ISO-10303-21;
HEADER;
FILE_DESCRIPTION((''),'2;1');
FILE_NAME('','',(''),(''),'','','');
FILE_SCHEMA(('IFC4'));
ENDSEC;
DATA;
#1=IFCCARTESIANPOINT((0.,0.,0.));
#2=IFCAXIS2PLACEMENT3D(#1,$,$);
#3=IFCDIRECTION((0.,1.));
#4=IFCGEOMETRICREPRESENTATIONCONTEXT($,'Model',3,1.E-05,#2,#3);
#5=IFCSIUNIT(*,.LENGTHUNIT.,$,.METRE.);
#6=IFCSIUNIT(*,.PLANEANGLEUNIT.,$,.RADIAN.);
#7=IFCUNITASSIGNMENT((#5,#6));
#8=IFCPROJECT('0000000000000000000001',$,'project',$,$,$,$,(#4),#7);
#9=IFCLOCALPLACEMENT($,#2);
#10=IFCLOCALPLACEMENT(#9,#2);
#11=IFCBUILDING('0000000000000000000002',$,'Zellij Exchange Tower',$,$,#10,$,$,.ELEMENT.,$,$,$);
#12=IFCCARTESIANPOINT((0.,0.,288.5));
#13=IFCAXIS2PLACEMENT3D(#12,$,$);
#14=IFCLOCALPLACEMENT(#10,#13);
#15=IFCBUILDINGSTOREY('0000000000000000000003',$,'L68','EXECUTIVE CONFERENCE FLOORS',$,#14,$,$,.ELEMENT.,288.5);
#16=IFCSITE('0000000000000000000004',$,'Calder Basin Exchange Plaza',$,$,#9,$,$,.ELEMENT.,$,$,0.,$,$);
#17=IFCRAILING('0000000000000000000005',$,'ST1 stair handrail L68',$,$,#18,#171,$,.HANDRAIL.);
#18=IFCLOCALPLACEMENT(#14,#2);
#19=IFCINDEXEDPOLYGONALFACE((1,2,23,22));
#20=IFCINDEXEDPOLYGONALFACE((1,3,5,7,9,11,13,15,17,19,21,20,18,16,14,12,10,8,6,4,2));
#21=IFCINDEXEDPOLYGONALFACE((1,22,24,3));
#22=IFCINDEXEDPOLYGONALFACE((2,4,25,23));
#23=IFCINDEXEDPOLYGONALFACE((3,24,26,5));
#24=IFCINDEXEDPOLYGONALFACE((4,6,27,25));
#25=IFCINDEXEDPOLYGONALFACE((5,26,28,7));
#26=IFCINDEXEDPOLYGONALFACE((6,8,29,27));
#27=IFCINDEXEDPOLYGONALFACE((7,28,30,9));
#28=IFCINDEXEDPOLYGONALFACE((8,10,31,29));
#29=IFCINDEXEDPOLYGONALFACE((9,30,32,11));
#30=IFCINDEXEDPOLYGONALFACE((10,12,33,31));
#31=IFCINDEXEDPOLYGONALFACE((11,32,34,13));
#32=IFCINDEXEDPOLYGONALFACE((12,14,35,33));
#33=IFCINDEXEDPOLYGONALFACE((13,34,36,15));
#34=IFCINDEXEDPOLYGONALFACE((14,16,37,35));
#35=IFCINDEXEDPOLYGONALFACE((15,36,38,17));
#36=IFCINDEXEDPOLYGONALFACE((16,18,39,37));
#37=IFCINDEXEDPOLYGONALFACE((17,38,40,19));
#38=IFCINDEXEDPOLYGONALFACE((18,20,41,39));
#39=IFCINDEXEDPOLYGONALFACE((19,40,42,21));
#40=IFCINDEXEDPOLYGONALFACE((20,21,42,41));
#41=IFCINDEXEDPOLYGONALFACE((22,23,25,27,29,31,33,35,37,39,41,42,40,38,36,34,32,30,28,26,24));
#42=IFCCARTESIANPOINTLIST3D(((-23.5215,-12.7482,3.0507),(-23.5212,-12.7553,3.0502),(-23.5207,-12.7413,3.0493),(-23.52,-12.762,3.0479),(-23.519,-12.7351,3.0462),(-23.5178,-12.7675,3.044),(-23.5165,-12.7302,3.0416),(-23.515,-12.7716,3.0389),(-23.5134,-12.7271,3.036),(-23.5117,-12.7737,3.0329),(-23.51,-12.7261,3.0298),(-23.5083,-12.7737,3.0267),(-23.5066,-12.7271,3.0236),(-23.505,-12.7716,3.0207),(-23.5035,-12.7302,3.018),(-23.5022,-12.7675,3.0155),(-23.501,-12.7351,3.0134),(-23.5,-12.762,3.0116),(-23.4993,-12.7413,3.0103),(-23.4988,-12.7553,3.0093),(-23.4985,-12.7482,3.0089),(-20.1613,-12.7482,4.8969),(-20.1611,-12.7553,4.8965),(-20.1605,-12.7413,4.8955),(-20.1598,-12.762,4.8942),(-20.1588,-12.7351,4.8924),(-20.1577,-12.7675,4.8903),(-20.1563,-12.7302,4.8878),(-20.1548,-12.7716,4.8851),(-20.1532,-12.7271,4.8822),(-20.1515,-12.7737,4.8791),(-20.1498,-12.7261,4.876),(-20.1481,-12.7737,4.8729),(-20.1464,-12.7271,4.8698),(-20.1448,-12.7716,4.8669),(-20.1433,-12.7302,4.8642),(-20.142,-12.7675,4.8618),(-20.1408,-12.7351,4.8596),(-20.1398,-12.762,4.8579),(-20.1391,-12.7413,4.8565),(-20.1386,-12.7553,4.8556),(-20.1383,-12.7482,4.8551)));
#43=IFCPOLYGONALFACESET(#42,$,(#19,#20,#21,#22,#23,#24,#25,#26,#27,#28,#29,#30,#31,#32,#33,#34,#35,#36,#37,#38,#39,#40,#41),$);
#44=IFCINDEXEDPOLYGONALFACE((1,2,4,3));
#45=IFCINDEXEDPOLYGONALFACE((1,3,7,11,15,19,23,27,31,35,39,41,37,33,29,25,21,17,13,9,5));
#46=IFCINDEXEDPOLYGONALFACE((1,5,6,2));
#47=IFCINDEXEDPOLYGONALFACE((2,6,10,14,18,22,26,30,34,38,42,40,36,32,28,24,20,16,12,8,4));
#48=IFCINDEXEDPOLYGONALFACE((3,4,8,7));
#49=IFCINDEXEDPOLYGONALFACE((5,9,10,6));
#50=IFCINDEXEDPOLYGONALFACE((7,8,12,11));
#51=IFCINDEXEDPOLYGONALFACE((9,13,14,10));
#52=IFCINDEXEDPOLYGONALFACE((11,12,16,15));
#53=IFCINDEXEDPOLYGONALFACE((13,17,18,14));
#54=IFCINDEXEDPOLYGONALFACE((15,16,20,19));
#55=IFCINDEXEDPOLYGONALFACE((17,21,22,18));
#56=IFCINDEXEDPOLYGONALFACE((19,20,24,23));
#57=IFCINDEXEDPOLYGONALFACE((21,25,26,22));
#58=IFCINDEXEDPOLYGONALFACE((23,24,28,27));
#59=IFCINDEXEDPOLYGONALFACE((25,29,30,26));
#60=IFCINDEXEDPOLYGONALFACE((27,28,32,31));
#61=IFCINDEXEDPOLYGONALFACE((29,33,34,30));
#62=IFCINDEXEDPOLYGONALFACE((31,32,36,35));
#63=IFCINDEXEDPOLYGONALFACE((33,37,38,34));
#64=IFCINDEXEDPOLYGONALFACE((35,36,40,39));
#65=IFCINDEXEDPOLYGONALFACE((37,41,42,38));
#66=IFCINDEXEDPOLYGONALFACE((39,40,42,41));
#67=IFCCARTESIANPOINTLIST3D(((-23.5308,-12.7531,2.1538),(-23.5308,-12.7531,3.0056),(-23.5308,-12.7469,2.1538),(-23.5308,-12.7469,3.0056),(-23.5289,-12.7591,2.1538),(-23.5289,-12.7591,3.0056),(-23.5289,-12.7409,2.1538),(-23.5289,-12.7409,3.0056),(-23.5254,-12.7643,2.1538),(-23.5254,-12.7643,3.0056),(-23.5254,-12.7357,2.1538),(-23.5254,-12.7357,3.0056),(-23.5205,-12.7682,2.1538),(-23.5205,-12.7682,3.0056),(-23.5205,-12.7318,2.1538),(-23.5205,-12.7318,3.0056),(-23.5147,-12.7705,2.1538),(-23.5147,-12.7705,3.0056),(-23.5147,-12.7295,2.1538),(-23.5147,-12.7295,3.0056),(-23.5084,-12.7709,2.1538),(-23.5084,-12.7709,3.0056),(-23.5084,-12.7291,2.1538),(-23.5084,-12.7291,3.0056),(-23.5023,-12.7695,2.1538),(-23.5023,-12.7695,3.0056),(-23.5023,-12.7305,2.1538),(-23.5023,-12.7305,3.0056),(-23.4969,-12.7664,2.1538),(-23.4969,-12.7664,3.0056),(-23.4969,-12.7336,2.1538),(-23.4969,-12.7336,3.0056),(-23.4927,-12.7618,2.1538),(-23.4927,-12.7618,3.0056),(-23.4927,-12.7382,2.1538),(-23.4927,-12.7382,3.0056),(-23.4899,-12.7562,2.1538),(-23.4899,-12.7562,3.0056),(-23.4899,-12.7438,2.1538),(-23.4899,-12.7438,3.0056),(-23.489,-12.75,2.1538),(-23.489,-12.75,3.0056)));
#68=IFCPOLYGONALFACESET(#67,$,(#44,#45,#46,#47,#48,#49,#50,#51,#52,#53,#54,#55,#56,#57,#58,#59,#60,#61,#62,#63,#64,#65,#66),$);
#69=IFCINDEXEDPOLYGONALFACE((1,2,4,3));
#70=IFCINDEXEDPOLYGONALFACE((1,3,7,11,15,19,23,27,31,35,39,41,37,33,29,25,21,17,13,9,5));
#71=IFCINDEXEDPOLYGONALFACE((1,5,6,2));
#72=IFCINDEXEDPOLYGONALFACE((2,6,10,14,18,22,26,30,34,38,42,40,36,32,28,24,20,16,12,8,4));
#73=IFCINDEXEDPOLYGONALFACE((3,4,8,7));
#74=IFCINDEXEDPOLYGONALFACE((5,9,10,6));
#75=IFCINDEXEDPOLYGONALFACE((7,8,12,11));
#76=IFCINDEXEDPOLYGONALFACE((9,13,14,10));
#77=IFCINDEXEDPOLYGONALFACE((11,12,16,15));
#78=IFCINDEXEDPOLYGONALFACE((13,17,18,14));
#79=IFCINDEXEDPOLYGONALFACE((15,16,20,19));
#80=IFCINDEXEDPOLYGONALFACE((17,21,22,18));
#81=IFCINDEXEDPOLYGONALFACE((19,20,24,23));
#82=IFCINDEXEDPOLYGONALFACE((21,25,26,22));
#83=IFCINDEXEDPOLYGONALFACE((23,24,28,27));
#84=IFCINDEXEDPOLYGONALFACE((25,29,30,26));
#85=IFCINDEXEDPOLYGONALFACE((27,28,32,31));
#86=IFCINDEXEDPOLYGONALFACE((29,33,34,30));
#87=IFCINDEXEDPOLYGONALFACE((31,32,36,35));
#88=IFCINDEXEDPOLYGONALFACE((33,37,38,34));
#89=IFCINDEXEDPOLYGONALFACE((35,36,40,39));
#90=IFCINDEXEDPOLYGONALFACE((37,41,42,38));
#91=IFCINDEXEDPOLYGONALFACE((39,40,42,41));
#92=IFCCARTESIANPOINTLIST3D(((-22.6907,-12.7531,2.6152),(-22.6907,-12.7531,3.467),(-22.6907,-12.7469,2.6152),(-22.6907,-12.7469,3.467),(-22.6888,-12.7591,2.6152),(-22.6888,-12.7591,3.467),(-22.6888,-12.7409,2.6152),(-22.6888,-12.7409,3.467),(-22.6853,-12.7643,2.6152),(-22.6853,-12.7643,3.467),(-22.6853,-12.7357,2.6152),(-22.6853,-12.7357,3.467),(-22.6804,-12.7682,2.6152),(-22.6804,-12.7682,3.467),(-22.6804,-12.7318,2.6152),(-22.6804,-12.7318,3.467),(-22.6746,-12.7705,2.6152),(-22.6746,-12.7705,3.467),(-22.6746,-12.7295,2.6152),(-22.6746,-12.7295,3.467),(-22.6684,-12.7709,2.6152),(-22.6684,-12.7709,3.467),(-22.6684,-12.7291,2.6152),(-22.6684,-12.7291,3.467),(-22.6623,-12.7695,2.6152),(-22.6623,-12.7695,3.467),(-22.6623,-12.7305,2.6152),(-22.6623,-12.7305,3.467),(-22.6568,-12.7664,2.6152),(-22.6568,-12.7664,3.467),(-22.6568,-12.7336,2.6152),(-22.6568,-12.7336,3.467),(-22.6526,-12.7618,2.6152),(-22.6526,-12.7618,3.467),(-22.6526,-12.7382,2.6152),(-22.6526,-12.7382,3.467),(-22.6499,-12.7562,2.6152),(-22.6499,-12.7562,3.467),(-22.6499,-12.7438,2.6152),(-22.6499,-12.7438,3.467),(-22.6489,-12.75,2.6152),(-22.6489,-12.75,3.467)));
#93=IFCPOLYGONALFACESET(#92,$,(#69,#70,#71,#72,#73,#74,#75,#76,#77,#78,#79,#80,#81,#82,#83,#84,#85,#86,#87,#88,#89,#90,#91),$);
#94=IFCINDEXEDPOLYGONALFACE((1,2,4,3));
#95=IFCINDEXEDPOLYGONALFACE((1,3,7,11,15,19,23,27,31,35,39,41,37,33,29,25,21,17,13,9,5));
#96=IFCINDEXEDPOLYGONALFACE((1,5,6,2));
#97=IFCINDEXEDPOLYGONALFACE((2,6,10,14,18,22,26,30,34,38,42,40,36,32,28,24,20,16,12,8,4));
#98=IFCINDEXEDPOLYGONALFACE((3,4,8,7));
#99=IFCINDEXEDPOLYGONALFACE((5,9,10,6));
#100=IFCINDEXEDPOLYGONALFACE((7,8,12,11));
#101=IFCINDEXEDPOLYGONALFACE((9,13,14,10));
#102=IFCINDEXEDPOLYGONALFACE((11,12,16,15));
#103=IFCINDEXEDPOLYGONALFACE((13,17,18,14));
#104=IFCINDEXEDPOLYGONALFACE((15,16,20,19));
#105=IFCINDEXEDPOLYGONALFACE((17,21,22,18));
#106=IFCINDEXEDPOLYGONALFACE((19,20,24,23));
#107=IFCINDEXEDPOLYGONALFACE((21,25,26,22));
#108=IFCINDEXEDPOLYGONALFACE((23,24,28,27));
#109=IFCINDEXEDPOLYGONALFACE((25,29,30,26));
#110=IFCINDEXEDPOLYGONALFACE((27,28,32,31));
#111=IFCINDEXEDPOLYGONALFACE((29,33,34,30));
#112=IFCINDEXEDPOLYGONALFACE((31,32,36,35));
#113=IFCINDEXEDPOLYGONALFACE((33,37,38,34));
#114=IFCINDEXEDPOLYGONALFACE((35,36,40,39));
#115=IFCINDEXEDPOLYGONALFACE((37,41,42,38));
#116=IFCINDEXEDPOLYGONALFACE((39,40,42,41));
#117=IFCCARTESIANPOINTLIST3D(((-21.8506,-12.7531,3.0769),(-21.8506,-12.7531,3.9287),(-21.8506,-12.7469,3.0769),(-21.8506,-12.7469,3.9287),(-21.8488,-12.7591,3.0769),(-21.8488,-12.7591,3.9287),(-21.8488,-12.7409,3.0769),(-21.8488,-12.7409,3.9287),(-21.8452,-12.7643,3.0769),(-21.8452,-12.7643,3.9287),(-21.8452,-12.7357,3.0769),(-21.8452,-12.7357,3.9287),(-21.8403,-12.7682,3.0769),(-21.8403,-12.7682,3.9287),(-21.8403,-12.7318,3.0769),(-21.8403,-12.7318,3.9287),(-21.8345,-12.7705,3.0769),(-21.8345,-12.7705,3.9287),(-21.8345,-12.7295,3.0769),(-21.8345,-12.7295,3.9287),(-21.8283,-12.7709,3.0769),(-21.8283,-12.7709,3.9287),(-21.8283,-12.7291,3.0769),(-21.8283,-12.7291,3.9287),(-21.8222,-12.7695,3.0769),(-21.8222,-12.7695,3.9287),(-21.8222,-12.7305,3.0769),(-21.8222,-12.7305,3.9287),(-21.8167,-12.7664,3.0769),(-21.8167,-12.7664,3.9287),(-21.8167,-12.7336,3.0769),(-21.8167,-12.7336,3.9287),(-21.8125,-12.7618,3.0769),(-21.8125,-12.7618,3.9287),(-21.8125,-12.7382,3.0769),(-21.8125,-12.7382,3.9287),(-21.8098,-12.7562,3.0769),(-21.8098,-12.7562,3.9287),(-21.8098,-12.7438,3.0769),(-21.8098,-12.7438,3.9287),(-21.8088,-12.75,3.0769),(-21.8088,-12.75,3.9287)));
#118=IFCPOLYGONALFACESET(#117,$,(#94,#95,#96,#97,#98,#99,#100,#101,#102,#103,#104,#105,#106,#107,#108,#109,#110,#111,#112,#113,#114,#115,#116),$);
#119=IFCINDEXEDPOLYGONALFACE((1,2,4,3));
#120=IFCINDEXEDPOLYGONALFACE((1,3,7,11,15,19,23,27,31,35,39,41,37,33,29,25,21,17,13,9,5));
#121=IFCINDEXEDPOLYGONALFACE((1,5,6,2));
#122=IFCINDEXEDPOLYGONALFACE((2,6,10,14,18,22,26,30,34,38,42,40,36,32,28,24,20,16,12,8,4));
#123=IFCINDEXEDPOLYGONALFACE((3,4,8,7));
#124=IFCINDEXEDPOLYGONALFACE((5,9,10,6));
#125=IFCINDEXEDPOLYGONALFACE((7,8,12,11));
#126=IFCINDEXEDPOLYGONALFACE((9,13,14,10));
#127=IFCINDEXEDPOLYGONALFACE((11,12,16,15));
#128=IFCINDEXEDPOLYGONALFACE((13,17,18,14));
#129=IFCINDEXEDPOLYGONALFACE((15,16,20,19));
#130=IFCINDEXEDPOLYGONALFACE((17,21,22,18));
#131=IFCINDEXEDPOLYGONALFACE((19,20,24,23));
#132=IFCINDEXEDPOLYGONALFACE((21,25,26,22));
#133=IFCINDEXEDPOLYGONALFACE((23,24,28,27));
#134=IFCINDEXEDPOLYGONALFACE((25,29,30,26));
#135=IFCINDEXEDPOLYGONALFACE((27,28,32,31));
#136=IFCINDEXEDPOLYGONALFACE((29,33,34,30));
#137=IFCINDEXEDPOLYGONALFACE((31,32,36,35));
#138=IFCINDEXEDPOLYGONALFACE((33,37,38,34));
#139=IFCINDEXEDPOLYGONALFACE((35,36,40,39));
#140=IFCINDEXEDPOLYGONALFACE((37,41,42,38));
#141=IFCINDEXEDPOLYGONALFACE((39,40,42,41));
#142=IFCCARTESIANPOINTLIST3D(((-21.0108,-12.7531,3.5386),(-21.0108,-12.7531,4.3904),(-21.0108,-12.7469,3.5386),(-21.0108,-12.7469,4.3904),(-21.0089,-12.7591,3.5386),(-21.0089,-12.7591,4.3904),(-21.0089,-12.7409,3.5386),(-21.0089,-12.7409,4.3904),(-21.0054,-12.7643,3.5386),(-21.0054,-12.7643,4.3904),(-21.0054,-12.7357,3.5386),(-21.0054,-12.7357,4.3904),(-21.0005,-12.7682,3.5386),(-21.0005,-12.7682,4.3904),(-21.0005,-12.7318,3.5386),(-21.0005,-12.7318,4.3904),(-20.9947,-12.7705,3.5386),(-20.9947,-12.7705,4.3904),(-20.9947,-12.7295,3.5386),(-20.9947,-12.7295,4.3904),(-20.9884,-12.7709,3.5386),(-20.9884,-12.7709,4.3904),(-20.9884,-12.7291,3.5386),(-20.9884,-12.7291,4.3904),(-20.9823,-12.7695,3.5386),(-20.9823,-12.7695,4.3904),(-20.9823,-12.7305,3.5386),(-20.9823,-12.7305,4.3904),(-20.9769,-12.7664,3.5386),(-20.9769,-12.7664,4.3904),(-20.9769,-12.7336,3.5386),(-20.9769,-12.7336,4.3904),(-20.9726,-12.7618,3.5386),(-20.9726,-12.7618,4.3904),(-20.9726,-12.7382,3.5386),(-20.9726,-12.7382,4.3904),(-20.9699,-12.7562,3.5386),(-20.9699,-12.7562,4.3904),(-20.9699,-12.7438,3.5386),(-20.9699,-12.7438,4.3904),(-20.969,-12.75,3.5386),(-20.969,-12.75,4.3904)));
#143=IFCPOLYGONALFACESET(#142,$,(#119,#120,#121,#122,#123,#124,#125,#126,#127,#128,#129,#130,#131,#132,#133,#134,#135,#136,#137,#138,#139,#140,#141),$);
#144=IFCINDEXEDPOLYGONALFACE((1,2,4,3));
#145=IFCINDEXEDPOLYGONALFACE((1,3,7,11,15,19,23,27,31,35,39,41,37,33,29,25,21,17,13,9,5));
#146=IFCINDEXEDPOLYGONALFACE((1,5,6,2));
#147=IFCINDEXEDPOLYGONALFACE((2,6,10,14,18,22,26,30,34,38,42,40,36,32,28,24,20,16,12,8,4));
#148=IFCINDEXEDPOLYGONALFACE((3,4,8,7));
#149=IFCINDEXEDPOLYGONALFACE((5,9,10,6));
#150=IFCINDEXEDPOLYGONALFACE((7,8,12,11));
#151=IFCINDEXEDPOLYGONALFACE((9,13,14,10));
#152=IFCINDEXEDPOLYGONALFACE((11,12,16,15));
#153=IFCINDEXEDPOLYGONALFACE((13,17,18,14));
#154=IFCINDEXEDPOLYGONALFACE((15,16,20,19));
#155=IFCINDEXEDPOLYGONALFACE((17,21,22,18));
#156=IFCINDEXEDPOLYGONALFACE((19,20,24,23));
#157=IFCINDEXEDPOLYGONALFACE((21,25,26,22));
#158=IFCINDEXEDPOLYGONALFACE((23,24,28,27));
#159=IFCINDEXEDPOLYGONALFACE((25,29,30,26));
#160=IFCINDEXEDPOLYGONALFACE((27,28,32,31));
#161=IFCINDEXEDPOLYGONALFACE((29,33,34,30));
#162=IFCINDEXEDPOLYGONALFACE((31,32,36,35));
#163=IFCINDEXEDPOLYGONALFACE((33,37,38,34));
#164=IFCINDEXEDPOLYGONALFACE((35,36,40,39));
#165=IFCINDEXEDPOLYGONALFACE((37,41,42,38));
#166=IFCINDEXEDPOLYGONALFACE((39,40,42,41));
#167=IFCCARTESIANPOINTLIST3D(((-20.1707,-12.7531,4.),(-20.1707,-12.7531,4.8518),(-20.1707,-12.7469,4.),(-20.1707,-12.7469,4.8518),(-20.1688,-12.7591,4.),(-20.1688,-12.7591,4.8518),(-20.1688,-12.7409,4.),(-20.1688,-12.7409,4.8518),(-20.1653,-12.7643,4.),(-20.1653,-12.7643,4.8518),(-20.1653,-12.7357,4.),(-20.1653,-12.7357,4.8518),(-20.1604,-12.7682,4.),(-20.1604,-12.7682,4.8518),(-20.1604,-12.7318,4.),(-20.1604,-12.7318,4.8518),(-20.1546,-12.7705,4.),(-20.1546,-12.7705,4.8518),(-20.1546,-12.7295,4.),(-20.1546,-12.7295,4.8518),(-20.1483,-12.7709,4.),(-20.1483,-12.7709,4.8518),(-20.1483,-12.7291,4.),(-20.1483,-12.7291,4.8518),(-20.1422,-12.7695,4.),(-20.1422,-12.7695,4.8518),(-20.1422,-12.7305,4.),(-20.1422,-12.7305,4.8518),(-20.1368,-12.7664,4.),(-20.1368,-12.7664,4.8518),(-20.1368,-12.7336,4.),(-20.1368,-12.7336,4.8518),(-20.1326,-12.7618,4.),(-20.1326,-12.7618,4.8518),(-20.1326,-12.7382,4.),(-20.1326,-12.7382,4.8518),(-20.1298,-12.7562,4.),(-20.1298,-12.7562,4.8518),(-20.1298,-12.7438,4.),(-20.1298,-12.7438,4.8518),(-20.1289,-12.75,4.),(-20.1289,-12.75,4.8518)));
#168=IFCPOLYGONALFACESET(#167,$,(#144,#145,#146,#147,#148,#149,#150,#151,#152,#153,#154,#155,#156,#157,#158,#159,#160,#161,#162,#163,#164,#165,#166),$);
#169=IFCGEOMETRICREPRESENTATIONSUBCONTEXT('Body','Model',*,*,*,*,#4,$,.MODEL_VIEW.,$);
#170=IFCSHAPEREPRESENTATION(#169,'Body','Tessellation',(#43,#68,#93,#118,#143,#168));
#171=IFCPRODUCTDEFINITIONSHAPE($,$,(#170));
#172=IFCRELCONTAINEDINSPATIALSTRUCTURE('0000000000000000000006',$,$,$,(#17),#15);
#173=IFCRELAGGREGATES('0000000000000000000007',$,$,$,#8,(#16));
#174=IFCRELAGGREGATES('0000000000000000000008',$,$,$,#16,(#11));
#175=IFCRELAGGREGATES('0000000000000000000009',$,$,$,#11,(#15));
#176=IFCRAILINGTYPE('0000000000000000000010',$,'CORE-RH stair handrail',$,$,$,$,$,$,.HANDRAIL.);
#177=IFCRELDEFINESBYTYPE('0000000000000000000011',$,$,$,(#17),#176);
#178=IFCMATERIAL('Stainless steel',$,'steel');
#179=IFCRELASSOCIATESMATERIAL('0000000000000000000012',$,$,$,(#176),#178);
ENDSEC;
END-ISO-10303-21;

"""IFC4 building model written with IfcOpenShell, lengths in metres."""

from ifc_helpers import new_model, si_unit, direction, frame, origin, origin_2d, place, context, subcontext, project, spatial, circle, extrude, material, type_object, element, save


model = new_model("IFC4")

# Units and contexts
model_context = context("Model", 3, precision=1e-05, world=origin(), true_north=direction((0.0, 1.0)))
body_context = subcontext(model_context, "Body", "Model", "MODEL_VIEW")
ifc_project = project(units=[si_unit("LENGTHUNIT", "METRE"), si_unit("PLANEANGLEUNIT", "RADIAN")], contexts=[model_context])

# Site, building, storey
site_placement = place(None, origin())
site = spatial("IfcSite", under=ifc_project, at=site_placement, Name="Calder Basin Exchange Plaza", CompositionType="ELEMENT", RefElevation=0.0)
building_placement = place(site_placement, origin())
building = spatial("IfcBuilding", under=site, at=building_placement, Name="Zellij Exchange Tower", CompositionType="ELEMENT")
storey_placement = place(building_placement, frame((0.0, 0.0, 288.5)))
storey = spatial("IfcBuildingStorey", under=building, at=storey_placement, Name="L68", Description="EXECUTIVE CONFERENCE FLOORS", CompositionType="ELEMENT", Elevation=288.5)

# Railing
ifc_material_1 = material(Name="Stainless steel", Category="steel")
railing_type = type_object("IfcRailingType", Name="CORE-RH stair handrail", PredefinedType="HANDRAIL", material=ifc_material_1)
railing_placement = place(storey_placement, frame((-23.51, -12.75, 2.1538)))
element("IfcRailing", 1, at=railing_placement, inside=storey, type_object=railing_type, Name="ST1 stair handrail L68", PredefinedType="HANDRAIL", context=body_context, shape_type="SweptSolid", body=[
    extrude(circle(Radius=0.0239, at=origin_2d()), frame((0.0, 0.0, 0.876), z_axis=(0.876422, 0.0, 0.481545), x_axis=(0.0, 1.0, 0.0)), (0.0, 0.0, 1.0), 3.834),
    extrude(circle(Radius=0.021, at=origin_2d()), origin(), (0.0, 0.0, 1.0), 0.8518),
    extrude(circle(Radius=0.021, at=origin_2d()), frame((0.8401, 0.0, 0.4614)), (0.0, 0.0, 1.0), 0.8518),
    extrude(circle(Radius=0.021, at=origin_2d()), frame((1.6802, 0.0, 0.9231)), (0.0, 0.0, 1.0), 0.8518),
    extrude(circle(Radius=0.021, at=origin_2d()), frame((2.52, 0.0, 1.3848)), (0.0, 0.0, 1.0), 0.8518),
    extrude(circle(Radius=0.021, at=origin_2d()), frame((3.3601, 0.0, 1.8462)), (0.0, 0.0, 1.0), 0.8518),
])

save(model, "model.ifc")
